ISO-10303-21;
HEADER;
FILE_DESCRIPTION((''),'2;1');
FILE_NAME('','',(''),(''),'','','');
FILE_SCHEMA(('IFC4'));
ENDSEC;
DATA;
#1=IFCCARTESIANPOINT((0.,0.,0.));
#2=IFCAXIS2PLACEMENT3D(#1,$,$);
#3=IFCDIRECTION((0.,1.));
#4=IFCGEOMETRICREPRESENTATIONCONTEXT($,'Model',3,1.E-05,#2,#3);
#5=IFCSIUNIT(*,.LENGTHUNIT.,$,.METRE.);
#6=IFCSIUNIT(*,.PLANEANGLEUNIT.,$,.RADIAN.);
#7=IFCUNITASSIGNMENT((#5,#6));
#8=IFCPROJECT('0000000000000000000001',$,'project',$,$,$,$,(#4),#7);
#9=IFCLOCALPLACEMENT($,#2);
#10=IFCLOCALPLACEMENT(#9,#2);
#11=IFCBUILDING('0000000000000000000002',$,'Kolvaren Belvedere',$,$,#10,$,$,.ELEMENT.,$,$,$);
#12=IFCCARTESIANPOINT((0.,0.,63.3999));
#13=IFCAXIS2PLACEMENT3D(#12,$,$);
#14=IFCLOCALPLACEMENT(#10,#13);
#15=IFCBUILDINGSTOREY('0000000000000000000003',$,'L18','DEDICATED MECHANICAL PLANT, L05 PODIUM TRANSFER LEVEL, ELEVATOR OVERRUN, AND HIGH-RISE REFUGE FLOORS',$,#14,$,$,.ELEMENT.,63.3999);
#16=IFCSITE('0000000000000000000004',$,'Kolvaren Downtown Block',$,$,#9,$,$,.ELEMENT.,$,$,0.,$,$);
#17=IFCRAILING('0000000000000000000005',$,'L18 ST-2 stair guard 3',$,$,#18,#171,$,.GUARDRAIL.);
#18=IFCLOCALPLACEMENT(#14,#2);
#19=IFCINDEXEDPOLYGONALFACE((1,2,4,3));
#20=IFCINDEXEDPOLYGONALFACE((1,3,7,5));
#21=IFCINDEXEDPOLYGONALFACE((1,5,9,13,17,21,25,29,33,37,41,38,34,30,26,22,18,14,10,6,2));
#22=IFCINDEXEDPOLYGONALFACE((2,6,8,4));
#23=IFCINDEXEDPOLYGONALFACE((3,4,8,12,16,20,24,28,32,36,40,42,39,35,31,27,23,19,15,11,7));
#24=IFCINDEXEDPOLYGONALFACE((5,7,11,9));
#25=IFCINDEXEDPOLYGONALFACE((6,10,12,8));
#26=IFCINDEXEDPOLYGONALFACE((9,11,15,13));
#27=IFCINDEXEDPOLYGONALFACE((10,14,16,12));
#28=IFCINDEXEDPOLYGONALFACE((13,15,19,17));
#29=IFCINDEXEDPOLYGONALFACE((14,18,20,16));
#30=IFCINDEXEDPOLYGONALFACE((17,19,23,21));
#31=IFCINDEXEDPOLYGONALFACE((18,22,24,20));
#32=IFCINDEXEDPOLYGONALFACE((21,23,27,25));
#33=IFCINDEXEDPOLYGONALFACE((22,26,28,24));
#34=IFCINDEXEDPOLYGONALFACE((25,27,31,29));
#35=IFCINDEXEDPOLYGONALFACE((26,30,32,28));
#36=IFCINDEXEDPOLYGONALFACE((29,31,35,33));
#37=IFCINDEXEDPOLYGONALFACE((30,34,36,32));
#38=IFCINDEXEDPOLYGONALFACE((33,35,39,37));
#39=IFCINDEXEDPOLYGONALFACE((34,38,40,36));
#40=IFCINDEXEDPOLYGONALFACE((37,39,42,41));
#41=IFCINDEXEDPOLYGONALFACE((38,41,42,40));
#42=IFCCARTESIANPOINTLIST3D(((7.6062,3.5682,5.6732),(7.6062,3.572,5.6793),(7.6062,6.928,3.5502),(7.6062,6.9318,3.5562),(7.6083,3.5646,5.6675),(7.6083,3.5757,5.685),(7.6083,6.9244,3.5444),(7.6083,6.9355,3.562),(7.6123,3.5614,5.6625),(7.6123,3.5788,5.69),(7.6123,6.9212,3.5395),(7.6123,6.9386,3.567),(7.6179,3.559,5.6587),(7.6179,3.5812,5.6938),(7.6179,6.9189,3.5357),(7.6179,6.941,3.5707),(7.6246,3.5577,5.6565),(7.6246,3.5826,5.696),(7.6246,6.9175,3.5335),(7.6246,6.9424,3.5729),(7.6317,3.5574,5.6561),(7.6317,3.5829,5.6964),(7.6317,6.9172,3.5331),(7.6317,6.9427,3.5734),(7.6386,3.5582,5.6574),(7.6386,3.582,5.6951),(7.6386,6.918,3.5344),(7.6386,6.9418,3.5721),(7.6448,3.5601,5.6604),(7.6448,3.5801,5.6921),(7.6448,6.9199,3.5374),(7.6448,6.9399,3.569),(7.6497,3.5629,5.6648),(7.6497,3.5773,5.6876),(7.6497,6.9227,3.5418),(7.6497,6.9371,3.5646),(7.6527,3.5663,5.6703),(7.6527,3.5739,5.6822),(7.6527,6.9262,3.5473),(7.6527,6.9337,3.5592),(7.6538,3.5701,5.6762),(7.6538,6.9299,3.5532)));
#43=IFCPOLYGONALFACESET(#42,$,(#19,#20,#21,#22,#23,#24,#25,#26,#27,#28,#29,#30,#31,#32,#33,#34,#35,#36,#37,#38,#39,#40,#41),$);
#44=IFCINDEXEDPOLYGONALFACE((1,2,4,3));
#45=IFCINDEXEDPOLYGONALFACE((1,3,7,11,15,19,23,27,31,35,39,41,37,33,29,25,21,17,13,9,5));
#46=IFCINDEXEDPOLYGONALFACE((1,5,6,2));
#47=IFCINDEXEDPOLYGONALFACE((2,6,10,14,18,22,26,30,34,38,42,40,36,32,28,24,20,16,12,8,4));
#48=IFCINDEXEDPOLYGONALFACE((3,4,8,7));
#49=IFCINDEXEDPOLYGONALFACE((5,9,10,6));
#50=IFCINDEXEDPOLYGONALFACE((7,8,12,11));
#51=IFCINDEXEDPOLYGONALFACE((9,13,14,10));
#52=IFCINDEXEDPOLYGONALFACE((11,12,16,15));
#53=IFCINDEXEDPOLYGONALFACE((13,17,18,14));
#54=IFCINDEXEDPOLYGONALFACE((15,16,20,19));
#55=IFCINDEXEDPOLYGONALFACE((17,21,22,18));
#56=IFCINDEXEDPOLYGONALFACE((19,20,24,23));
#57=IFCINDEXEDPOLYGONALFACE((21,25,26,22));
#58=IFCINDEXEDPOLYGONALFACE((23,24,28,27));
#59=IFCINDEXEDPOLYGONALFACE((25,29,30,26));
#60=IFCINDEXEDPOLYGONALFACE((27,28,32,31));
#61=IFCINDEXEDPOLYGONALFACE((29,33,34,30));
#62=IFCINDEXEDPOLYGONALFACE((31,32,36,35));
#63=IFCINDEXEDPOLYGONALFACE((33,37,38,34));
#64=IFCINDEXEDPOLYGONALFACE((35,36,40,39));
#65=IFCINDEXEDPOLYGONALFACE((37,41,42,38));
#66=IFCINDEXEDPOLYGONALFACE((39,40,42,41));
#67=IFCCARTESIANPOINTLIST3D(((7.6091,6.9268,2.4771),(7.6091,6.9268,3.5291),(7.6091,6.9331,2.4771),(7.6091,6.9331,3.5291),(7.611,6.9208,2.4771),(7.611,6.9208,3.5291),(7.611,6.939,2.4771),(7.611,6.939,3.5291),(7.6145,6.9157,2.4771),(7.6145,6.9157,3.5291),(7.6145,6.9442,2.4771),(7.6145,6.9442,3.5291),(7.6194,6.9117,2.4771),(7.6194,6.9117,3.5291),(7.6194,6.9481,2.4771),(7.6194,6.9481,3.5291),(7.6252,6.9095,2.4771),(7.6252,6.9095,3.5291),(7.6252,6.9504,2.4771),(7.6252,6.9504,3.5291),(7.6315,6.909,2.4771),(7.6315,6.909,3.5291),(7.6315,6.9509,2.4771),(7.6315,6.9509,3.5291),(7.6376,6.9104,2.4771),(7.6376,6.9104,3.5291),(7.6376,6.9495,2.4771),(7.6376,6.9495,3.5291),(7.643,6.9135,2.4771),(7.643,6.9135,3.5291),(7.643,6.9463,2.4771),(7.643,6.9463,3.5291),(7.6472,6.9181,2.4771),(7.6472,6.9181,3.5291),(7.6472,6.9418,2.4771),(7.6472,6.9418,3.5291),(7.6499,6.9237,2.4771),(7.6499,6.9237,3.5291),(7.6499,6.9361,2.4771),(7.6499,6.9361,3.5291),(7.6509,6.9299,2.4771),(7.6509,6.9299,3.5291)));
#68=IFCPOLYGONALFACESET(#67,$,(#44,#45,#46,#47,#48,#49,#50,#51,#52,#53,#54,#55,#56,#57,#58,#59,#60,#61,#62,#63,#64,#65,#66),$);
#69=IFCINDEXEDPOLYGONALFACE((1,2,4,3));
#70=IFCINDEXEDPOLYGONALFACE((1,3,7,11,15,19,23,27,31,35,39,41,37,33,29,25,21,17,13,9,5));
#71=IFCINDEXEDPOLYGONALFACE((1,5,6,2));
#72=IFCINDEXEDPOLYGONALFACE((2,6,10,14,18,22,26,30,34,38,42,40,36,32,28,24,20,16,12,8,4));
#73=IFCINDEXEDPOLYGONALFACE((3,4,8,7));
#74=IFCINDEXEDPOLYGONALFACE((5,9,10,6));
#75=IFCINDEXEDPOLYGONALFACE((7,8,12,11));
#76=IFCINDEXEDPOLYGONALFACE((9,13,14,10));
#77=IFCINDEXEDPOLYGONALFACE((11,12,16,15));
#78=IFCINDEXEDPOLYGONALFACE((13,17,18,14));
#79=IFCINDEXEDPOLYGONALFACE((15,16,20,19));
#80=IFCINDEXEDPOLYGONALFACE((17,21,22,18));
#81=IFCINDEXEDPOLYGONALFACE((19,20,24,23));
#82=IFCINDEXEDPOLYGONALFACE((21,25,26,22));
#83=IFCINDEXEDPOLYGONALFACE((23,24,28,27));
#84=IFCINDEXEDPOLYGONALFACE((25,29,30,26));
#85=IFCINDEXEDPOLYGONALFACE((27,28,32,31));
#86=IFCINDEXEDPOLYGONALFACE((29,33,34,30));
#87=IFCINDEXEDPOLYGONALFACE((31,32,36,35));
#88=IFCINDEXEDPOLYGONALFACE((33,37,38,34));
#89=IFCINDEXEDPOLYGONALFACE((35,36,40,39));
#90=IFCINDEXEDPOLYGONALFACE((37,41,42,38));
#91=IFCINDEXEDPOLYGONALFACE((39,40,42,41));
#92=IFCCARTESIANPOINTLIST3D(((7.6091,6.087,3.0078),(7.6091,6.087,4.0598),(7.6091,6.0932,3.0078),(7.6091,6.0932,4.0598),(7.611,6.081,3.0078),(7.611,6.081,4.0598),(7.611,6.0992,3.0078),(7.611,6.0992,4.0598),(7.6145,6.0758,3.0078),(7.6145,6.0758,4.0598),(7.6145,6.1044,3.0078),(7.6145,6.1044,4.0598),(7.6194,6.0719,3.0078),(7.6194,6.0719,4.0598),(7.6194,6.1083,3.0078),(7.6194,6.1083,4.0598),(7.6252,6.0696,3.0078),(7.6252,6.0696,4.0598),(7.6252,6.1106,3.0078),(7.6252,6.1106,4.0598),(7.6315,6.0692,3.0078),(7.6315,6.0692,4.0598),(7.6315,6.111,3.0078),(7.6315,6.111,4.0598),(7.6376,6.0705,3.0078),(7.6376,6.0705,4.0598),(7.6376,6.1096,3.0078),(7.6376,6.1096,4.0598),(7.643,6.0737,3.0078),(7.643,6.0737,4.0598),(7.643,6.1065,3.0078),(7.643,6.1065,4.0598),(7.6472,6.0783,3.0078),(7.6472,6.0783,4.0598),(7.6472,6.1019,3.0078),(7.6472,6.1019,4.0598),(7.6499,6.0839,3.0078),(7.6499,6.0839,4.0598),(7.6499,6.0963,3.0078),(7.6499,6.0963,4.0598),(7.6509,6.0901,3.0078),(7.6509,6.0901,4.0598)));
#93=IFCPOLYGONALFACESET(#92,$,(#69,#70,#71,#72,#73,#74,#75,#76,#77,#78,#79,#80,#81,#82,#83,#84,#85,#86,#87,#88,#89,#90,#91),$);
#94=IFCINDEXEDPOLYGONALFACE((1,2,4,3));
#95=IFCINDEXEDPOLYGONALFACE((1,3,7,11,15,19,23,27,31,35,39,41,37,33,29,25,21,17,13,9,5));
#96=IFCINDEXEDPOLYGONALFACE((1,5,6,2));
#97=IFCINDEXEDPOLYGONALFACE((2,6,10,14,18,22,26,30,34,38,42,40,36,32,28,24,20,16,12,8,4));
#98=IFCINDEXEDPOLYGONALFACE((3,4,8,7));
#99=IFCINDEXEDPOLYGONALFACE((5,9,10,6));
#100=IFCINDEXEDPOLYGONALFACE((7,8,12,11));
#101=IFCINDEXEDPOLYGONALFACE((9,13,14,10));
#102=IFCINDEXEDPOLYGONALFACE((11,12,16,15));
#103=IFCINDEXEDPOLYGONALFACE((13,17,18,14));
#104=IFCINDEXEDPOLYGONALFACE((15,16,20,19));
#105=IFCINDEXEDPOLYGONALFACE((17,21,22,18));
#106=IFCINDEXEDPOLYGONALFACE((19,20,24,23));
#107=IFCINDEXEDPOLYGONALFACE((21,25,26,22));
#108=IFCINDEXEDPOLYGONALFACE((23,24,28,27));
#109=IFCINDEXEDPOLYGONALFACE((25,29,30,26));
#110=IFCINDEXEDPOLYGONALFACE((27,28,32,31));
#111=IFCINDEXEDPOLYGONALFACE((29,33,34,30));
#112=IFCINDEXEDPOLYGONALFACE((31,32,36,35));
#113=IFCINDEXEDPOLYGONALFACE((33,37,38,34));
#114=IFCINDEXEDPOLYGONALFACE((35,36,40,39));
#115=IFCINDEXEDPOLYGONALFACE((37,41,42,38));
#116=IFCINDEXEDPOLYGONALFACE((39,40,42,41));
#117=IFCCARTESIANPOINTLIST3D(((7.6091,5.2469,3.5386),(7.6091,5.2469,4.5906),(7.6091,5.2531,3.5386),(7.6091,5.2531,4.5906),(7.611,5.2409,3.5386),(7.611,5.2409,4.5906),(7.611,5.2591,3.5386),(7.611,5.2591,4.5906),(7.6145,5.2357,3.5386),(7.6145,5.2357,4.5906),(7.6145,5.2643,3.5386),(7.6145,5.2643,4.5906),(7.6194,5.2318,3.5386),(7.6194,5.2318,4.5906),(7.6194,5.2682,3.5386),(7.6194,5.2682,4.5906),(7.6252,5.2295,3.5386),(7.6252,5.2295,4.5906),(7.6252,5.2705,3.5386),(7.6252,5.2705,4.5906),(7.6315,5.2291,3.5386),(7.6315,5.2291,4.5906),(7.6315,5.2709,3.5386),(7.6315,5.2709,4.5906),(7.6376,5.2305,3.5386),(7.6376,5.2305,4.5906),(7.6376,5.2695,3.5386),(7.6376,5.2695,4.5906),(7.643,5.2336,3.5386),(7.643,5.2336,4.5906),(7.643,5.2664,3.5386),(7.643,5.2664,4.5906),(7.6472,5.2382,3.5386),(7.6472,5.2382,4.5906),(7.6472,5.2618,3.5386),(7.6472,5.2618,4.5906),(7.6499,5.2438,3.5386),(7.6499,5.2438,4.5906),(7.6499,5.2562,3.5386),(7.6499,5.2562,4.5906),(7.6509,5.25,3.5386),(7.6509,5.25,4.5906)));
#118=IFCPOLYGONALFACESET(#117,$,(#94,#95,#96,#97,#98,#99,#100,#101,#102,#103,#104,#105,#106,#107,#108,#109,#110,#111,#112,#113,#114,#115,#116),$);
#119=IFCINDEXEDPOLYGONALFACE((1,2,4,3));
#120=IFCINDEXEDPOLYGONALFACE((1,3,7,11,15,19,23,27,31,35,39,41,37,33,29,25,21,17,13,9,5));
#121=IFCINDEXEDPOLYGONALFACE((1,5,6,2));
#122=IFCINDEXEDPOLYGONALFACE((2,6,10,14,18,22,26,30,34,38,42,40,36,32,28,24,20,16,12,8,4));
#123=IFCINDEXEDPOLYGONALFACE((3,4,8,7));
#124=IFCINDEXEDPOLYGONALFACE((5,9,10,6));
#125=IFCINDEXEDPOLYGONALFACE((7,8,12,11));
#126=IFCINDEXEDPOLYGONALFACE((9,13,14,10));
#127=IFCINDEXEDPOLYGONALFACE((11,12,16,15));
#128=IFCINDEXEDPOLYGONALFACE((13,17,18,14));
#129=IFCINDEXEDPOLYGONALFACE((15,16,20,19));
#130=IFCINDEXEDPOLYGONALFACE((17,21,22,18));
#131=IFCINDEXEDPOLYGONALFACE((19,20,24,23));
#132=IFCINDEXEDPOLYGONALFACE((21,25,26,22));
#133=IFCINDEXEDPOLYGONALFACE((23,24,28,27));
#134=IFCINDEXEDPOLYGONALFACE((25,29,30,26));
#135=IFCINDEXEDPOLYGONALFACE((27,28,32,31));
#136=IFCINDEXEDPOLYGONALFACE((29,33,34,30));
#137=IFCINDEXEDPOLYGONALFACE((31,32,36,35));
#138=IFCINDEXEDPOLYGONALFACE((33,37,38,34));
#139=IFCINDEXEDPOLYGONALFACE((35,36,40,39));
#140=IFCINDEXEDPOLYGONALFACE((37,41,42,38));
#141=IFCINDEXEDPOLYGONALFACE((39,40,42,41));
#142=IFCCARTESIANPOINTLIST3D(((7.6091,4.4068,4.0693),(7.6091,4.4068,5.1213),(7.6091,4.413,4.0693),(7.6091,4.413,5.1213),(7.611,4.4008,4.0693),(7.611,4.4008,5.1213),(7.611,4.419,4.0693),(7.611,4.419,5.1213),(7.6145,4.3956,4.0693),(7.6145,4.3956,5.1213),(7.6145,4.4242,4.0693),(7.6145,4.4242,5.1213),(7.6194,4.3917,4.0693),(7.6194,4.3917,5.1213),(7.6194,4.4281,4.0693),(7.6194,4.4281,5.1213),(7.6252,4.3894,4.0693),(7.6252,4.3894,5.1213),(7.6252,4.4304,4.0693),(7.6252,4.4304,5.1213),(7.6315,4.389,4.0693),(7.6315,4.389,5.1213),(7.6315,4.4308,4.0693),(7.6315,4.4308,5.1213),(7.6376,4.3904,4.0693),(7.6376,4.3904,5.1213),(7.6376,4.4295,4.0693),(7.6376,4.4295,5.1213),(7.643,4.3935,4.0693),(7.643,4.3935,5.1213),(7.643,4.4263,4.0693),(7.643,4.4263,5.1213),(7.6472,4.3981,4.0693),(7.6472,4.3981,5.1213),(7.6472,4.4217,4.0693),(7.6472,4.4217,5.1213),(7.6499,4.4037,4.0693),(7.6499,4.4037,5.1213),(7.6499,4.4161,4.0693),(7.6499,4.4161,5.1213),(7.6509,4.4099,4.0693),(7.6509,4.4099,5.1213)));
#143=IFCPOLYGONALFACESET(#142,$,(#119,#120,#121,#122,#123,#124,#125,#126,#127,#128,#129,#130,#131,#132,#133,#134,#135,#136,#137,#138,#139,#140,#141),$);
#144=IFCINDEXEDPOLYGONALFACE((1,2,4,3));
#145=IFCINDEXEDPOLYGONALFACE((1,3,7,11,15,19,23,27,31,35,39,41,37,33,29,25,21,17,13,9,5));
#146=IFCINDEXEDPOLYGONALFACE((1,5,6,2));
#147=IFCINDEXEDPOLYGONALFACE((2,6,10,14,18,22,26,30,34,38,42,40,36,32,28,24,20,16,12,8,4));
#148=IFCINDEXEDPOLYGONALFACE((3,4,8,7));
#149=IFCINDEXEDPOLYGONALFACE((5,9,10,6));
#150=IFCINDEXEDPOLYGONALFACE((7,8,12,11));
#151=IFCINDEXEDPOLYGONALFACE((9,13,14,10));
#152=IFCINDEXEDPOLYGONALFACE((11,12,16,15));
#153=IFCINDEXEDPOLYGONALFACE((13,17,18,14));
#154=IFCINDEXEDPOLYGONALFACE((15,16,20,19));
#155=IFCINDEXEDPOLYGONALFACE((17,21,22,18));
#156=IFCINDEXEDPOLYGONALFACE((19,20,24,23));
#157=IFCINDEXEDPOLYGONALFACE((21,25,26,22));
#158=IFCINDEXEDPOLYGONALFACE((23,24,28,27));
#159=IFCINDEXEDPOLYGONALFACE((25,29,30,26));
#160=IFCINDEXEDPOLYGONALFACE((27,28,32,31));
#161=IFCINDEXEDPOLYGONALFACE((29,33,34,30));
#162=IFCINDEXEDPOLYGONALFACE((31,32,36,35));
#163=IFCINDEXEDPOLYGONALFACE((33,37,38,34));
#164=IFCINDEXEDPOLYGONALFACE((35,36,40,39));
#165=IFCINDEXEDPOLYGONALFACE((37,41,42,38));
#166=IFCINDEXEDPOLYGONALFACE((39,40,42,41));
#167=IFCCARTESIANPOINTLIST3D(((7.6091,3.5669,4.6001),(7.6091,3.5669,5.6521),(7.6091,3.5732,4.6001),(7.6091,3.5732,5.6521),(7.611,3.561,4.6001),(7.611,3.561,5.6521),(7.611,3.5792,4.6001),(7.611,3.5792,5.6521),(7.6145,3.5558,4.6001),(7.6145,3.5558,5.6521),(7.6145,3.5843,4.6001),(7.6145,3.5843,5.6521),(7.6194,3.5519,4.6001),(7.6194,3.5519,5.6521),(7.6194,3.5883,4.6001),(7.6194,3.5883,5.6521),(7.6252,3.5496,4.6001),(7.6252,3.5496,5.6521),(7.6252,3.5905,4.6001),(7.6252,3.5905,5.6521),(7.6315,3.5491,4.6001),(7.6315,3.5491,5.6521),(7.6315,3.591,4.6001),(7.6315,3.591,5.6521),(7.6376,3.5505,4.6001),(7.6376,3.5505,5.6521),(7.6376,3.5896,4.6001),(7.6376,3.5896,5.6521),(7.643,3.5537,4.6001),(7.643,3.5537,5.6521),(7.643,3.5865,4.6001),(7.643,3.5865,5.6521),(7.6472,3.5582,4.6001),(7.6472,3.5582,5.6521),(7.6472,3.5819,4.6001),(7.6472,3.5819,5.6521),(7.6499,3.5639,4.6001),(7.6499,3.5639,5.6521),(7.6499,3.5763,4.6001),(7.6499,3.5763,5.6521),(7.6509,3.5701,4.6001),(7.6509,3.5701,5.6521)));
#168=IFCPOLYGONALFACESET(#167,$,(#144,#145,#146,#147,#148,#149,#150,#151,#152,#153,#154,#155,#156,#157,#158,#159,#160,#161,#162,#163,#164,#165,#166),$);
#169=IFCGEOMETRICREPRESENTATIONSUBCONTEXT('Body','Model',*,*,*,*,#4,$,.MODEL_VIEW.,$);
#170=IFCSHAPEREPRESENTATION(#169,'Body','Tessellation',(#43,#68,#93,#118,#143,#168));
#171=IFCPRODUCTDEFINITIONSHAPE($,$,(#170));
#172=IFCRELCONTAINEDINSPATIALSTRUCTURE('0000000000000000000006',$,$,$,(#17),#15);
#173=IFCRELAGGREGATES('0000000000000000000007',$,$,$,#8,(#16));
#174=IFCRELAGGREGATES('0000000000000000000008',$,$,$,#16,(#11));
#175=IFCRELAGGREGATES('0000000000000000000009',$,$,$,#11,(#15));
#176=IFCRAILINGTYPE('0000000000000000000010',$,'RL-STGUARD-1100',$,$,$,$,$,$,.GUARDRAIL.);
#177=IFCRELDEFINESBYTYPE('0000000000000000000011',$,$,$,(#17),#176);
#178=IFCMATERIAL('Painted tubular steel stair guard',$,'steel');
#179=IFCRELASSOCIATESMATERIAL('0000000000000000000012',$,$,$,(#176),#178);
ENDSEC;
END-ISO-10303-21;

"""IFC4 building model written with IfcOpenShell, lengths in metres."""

from ifc_helpers import new_model, si_unit, direction, frame, origin, origin_2d, place, context, subcontext, project, spatial, circle, extrude, material, type_object, element, save


model = new_model("IFC4")

# Units and contexts
model_context = context("Model", 3, precision=1e-05, world=origin(), true_north=direction((0.0, 1.0)))
body_context = subcontext(model_context, "Body", "Model", "MODEL_VIEW")
ifc_project = project(units=[si_unit("LENGTHUNIT", "METRE"), si_unit("PLANEANGLEUNIT", "RADIAN")], contexts=[model_context])

# Site, building, storey
site_placement = place(None, origin())
site = spatial("IfcSite", under=ifc_project, at=site_placement, Name="Kolvaren Downtown Block", CompositionType="ELEMENT", RefElevation=0.0)
building_placement = place(site_placement, origin())
building = spatial("IfcBuilding", under=site, at=building_placement, Name="Kolvaren Belvedere", CompositionType="ELEMENT")
storey_placement = place(building_placement, frame((0.0, 0.0, 63.3999)))
storey = spatial("IfcBuildingStorey", under=building, at=storey_placement, Name="L18", Description="DEDICATED MECHANICAL PLANT, L05 PODIUM TRANSFER LEVEL, ELEVATOR OVERRUN, AND HIGH-RISE REFUGE FLOORS", CompositionType="ELEMENT", Elevation=63.3999)

# Railing
ifc_material_1 = material(Name="Painted tubular steel stair guard", Category="steel")
railing_type_1 = type_object("IfcRailingType", Name="RL-STGUARD-1100", PredefinedType="GUARDRAIL", material=ifc_material_1)
railing_1_placement = place(storey_placement, frame((7.6299, 6.9299, 2.4771)))
element("IfcRailing", 1, at=railing_1_placement, inside=storey, type_object=railing_type_1, Name="L18 ST-2 stair guard 3", PredefinedType="GUARDRAIL", context=body_context, shape_type="SweptSolid", body=[
    extrude(circle(Radius=0.0239, at=origin_2d()), frame((0.0, 0.0, 1.0762), z_axis=(0.0, -0.845372, 0.534178), x_axis=(1.0, 0.0, 0.0)), (0.0, 0.0, 1.0), 3.9744),
    extrude(circle(Radius=0.021, at=origin_2d()), origin(), (0.0, 0.0, 1.0), 1.052),
    extrude(circle(Radius=0.021, at=origin_2d()), frame((0.0, -0.8398, 0.5308)), (0.0, 0.0, 1.0), 1.052),
    extrude(circle(Radius=0.021, at=origin_2d()), frame((0.0, -1.6799, 1.0615)), (0.0, 0.0, 1.0), 1.052),
    extrude(circle(Radius=0.021, at=origin_2d()), frame((0.0, -2.52, 1.5923)), (0.0, 0.0, 1.0), 1.052),
    extrude(circle(Radius=0.021, at=origin_2d()), frame((0.0, -3.3599, 2.123)), (0.0, 0.0, 1.0), 1.052),
])

save(model, "model.ifc")
